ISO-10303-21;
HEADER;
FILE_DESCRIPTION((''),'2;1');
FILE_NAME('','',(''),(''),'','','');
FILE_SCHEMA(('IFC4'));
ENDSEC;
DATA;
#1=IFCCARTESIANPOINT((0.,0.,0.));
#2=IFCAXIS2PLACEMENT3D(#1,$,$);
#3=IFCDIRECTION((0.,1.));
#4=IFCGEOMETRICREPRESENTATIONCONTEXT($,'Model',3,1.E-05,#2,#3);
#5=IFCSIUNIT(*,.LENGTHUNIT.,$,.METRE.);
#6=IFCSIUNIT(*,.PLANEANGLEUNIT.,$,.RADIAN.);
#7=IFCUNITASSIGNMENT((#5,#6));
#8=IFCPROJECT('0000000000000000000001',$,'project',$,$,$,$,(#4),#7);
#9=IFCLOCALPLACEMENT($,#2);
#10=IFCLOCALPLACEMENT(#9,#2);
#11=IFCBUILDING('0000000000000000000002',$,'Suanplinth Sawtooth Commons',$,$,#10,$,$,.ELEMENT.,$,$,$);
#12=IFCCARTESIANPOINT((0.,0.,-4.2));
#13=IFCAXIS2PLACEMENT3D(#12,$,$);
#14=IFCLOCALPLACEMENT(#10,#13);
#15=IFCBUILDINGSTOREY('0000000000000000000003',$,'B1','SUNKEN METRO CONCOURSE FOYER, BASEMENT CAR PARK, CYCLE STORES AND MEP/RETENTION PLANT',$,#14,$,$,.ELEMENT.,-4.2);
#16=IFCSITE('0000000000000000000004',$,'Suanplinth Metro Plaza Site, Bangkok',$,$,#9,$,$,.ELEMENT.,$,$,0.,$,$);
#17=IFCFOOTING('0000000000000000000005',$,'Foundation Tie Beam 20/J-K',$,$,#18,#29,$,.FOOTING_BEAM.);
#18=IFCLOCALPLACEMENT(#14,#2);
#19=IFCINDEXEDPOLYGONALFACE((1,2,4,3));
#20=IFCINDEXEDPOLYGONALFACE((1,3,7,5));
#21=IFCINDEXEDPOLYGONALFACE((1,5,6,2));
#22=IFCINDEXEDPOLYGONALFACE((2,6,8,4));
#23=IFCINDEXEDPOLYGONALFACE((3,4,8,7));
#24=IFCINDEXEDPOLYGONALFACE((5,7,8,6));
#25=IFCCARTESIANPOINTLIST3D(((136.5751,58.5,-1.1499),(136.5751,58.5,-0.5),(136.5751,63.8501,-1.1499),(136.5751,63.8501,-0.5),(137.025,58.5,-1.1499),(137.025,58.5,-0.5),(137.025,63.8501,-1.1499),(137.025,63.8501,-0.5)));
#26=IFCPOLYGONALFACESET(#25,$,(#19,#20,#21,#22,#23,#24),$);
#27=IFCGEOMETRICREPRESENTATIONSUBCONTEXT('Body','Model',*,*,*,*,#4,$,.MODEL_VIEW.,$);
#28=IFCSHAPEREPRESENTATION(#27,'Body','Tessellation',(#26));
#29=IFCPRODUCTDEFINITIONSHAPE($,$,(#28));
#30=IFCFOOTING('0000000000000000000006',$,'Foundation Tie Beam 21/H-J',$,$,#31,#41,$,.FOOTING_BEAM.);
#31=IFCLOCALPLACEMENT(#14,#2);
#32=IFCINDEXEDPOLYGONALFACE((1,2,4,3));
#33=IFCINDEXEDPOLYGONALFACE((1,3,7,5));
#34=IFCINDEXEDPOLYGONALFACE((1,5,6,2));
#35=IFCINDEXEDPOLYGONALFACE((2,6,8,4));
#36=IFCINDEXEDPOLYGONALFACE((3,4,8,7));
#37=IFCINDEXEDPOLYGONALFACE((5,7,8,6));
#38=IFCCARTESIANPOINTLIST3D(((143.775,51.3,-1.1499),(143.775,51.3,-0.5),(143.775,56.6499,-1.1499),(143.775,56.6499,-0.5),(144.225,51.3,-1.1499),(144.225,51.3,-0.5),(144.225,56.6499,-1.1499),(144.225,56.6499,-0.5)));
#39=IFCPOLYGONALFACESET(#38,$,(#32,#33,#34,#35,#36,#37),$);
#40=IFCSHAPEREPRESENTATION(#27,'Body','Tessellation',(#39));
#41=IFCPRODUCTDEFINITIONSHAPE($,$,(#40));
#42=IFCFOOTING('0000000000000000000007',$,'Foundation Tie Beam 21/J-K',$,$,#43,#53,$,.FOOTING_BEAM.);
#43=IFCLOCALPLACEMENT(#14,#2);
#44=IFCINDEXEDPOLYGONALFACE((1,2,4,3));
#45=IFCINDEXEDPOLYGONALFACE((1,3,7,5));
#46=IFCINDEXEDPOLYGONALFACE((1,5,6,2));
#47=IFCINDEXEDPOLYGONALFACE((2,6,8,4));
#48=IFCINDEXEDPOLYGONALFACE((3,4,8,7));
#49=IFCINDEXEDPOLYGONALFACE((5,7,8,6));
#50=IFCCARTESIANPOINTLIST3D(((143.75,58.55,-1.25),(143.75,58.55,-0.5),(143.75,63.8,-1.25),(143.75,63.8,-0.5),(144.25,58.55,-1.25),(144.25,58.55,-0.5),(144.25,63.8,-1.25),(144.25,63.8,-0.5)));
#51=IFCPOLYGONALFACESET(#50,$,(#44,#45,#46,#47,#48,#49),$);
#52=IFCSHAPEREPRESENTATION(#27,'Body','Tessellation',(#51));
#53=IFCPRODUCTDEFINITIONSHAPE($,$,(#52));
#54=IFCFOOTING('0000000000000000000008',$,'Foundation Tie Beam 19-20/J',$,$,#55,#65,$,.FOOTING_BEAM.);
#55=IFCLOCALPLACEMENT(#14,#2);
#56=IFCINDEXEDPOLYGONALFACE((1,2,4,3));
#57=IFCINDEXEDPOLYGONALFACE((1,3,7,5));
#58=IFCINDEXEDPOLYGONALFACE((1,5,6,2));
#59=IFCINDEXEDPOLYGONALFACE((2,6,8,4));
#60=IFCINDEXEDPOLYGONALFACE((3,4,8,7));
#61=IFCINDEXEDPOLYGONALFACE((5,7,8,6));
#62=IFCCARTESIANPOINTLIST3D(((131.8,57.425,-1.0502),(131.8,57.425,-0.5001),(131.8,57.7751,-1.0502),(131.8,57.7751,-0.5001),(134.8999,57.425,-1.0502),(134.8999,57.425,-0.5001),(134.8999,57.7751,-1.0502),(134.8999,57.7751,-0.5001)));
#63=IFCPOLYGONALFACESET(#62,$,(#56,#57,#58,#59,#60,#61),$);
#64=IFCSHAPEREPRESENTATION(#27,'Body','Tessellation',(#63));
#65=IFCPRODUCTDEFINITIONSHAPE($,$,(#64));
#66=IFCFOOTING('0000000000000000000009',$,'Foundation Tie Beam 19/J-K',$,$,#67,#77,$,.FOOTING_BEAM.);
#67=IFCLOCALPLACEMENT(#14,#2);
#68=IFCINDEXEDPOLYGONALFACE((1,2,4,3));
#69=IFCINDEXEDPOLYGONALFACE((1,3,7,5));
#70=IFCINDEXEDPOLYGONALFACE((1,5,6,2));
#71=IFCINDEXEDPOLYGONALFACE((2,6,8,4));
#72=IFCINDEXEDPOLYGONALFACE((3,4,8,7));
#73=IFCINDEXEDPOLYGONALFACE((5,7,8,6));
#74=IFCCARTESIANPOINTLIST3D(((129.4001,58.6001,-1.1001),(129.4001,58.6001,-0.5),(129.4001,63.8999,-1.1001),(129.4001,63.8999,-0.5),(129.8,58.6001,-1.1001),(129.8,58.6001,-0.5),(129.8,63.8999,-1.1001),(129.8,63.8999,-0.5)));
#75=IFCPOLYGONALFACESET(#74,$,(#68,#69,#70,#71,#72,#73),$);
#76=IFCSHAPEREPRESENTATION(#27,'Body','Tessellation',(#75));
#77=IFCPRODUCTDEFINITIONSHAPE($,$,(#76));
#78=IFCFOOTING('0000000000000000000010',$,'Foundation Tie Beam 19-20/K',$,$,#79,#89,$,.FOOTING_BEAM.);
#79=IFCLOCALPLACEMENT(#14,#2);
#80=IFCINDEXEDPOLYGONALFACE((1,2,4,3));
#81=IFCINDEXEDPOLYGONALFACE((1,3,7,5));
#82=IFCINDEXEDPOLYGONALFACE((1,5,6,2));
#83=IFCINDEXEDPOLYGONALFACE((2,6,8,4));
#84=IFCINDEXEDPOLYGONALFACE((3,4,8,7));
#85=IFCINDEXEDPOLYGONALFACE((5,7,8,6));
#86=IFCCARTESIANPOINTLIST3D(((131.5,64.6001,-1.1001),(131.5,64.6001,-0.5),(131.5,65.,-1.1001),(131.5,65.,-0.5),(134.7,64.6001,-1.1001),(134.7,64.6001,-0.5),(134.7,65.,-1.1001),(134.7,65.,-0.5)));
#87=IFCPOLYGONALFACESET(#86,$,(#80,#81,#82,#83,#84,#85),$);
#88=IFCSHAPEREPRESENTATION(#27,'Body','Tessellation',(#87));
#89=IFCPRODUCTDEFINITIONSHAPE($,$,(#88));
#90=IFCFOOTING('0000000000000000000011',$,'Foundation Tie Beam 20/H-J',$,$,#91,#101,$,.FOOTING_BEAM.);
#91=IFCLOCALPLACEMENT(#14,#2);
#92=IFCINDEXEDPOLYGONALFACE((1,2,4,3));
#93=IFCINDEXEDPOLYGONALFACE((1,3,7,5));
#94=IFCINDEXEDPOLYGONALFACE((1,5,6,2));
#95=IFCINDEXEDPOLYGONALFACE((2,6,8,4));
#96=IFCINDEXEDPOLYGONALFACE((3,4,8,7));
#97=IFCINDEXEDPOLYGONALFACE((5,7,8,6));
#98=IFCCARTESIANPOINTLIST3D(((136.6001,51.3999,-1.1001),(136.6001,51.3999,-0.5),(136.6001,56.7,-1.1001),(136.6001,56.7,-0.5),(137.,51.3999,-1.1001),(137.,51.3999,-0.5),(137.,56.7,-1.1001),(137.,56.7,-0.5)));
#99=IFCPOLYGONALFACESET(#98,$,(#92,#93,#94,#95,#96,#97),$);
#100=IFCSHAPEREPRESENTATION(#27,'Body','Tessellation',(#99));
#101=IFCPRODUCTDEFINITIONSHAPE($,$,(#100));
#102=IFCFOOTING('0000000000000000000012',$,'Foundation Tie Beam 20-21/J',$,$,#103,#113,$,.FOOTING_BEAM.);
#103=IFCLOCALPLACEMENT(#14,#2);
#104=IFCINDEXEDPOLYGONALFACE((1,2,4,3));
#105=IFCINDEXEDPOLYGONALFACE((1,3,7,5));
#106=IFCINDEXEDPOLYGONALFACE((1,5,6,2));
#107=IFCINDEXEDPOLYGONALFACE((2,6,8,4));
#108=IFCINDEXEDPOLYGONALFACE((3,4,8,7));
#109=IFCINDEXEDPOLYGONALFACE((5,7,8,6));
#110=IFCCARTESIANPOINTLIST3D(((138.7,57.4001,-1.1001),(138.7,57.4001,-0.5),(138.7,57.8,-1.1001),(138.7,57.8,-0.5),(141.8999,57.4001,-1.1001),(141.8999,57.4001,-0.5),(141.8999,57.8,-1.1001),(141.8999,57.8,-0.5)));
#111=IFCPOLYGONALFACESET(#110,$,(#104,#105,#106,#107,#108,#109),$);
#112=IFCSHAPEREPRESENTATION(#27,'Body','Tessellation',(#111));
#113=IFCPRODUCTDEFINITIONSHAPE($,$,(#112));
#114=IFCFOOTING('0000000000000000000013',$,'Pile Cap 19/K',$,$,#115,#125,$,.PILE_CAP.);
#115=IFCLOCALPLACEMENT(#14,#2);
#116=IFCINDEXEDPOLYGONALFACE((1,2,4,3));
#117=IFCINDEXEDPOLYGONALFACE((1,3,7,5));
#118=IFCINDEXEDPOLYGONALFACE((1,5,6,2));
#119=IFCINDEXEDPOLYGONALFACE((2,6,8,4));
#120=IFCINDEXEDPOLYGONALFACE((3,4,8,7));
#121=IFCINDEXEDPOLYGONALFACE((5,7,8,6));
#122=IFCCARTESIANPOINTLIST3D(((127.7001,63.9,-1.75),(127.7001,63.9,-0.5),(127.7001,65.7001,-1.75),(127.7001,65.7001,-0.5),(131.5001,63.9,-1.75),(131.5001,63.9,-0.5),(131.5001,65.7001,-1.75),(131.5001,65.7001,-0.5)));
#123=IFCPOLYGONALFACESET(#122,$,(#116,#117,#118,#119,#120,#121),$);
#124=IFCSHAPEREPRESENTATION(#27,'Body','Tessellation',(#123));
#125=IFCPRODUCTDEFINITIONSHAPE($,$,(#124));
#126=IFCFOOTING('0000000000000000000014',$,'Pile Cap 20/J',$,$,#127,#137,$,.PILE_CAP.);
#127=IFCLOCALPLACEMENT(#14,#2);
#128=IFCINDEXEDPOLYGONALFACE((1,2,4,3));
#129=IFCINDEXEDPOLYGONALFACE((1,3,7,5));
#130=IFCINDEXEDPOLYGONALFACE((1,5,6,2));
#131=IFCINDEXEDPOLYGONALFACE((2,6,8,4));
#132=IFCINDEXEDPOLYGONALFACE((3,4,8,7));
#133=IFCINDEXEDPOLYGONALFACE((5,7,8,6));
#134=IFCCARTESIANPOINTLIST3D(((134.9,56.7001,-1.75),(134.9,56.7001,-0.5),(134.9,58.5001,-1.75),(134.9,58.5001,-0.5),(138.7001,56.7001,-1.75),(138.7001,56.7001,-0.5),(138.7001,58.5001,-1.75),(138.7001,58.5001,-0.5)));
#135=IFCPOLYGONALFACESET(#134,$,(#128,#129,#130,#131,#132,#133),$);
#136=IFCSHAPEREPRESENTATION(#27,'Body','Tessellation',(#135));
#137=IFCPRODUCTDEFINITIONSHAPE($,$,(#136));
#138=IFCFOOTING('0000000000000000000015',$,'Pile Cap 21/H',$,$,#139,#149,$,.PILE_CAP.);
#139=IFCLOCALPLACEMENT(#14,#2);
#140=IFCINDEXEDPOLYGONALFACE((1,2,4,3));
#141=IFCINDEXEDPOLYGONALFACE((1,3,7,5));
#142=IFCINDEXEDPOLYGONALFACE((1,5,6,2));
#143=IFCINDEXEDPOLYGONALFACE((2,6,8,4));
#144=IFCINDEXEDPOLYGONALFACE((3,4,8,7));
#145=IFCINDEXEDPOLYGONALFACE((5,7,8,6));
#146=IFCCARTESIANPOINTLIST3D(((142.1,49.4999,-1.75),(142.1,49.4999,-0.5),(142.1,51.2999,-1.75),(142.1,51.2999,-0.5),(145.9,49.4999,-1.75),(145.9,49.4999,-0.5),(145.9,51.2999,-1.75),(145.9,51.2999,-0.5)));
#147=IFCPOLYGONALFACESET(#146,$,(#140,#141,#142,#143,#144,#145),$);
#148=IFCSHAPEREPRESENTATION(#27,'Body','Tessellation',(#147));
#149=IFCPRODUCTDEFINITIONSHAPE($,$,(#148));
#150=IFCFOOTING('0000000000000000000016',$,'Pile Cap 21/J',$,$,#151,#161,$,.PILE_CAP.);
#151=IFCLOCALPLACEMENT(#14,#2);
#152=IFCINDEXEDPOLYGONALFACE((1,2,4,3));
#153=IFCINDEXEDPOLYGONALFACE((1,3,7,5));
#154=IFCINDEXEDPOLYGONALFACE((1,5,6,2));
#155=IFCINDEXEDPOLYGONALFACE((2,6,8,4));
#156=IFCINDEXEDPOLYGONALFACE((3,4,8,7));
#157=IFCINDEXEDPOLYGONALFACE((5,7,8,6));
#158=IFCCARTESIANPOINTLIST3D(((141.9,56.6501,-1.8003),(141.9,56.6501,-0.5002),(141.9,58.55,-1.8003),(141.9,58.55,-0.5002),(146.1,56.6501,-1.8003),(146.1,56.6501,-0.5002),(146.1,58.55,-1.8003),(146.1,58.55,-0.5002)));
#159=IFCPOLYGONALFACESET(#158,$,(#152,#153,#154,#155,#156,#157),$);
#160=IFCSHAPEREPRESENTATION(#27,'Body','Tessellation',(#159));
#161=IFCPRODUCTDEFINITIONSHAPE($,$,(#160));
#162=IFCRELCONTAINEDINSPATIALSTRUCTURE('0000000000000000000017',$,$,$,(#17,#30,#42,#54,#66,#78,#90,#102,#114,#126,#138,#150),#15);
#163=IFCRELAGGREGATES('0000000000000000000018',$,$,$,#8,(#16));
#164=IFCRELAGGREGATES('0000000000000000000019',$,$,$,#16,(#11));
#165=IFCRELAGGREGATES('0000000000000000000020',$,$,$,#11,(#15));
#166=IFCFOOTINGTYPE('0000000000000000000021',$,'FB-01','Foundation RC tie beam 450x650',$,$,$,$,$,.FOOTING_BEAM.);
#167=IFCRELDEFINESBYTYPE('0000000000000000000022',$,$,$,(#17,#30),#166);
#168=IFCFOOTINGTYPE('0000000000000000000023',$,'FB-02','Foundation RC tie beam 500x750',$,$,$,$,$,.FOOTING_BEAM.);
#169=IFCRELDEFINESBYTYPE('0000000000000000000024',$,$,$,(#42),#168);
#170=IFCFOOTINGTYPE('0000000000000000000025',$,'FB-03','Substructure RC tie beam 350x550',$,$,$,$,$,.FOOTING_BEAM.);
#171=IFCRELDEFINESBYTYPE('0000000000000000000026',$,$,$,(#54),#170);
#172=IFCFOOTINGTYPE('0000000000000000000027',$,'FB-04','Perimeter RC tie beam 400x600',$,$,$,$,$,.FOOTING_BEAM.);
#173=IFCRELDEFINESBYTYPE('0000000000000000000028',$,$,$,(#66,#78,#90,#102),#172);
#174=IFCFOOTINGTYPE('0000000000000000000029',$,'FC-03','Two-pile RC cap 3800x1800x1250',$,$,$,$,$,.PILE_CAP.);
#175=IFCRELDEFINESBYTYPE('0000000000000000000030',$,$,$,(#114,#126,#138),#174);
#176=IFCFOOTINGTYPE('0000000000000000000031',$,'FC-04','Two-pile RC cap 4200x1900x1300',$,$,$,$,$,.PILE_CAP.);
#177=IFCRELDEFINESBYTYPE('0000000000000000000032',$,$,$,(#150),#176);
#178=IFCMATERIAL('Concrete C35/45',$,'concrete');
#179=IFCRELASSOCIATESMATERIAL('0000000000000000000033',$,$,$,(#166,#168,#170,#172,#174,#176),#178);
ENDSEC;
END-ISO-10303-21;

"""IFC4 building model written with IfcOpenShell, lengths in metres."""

from ifc_helpers import new_model, si_unit, direction, frame, origin, origin_2d, place, context, subcontext, project, spatial, rectangle, extrude, material, material_profile, profile_set, type_object, element, save


model = new_model("IFC4")

# Units and contexts
model_context = context("Model", 3, precision=1e-05, world=origin(), true_north=direction((0.0, 1.0)))
body_context = subcontext(model_context, "Body", "Model", "MODEL_VIEW")
ifc_project = project(units=[si_unit("LENGTHUNIT", "METRE"), si_unit("PLANEANGLEUNIT", "RADIAN")], contexts=[model_context])

# Site, building, storey
site_placement = place(None, origin())
site = spatial("IfcSite", under=ifc_project, at=site_placement, Name="Suanplinth Metro Plaza Site, Bangkok", CompositionType="ELEMENT", RefElevation=0.0)
building_placement = place(site_placement, origin())
building = spatial("IfcBuilding", under=site, at=building_placement, Name="Suanplinth Sawtooth Commons", CompositionType="ELEMENT")
storey_placement = place(building_placement, frame((0.0, 0.0, -4.2)))
storey = spatial("IfcBuildingStorey", under=building, at=storey_placement, Name="B1", Description="SUNKEN METRO CONCOURSE FOYER, BASEMENT CAR PARK, CYCLE STORES AND MEP/RETENTION PLANT", CompositionType="ELEMENT", Elevation=-4.2)

# Footings
ifc_material_1 = material(Name="Concrete C35/45", Category="concrete")
ifc_material_profile_1 = material_profile(ifc_material_1, rectangle(XDim=0.45, YDim=0.6499, at=origin_2d()), Name="PC-GDR 450x650")
ifc_profile_set_1 = profile_set([ifc_material_profile_1], Name="Concrete C35/45")
footing_type_1 = type_object("IfcFootingType", Name="FB-01", Description="Foundation RC tie beam 450x650", PredefinedType="FOOTING_BEAM", material=ifc_profile_set_1)
footing_1_placement = place(storey_placement, frame((136.8, 58.5, -0.825), z_axis=(0.0, 1.0, 0.0), x_axis=(-1.0, 0.0, 0.0)))
element("IfcFooting", 1, at=footing_1_placement, inside=storey, type_object=footing_type_1, Name="Foundation Tie Beam 20/J-K", PredefinedType="FOOTING_BEAM", context=body_context, shape_type="SweptSolid", body=[
    extrude(rectangle(XDim=0.45, YDim=0.6499, at=origin_2d()), origin(), (0.0, 0.0, 1.0), 5.3501),
])
footing_2_placement = place(storey_placement, frame((144.0, 51.3, -0.825), z_axis=(0.0, 1.0, 0.0), x_axis=(-1.0, 0.0, 0.0)))
element("IfcFooting", 2, at=footing_2_placement, inside=storey, type_object=footing_type_1, Name="Foundation Tie Beam 21/H-J", PredefinedType="FOOTING_BEAM", context=body_context, shape_type="SweptSolid", body=[
    extrude(rectangle(XDim=0.45, YDim=0.6499, at=origin_2d()), origin(), (0.0, 0.0, 1.0), 5.3499),
])
ifc_material_profile_2 = material_profile(ifc_material_1, rectangle(XDim=0.5, YDim=0.75, at=origin_2d()), Name="RC-GDR 500x750")
ifc_profile_set_2 = profile_set([ifc_material_profile_2], Name="Concrete C35/45")
footing_type_2 = type_object("IfcFootingType", Name="FB-02", Description="Foundation RC tie beam 500x750", PredefinedType="FOOTING_BEAM", material=ifc_profile_set_2)
footing_3_placement = place(storey_placement, frame((144.0, 58.55, -0.875), z_axis=(0.0, 1.0, 0.0), x_axis=(-1.0, 0.0, 0.0)))
element("IfcFooting", 3, at=footing_3_placement, inside=storey, type_object=footing_type_2, Name="Foundation Tie Beam 21/J-K", PredefinedType="FOOTING_BEAM", context=body_context, shape_type="SweptSolid", body=[
    extrude(rectangle(XDim=0.5, YDim=0.75, at=origin_2d()), origin(), (0.0, 0.0, 1.0), 5.25),
])
ifc_material_profile_3 = material_profile(ifc_material_1, rectangle(XDim=0.3501, YDim=0.55, at=origin_2d()), Name="PC-BM 350x550")
ifc_profile_set_3 = profile_set([ifc_material_profile_3], Name="Concrete C35/45")
footing_type_3 = type_object("IfcFootingType", Name="FB-03", Description="Substructure RC tie beam 350x550", PredefinedType="FOOTING_BEAM", material=ifc_profile_set_3)
footing_4_placement = place(storey_placement, frame((131.8, 57.6001, -0.7751), z_axis=(1.0, 0.0, 0.0), x_axis=(0.0, 1.0, 0.0)))
element("IfcFooting", 4, at=footing_4_placement, inside=storey, type_object=footing_type_3, Name="Foundation Tie Beam 19-20/J", PredefinedType="FOOTING_BEAM", context=body_context, shape_type="SweptSolid", body=[
    extrude(rectangle(XDim=0.3501, YDim=0.55, at=origin_2d()), origin(), (0.0, 0.0, 1.0), 3.0999),
])
ifc_material_profile_4 = material_profile(ifc_material_1, rectangle(XDim=0.3999, YDim=0.6001, at=origin_2d()), Name="PC-GDR 400x600")
ifc_profile_set_4 = profile_set([ifc_material_profile_4], Name="Concrete C35/45")
footing_type_4 = type_object("IfcFootingType", Name="FB-04", Description="Perimeter RC tie beam 400x600", PredefinedType="FOOTING_BEAM", material=ifc_profile_set_4)
footing_5_placement = place(storey_placement, frame((129.6001, 58.6001, -0.8), z_axis=(0.0, 1.0, 0.0), x_axis=(-1.0, 0.0, 0.0)))
element("IfcFooting", 5, at=footing_5_placement, inside=storey, type_object=footing_type_4, Name="Foundation Tie Beam 19/J-K", PredefinedType="FOOTING_BEAM", context=body_context, shape_type="SweptSolid", body=[
    extrude(rectangle(XDim=0.3999, YDim=0.6001, at=origin_2d()), origin(), (0.0, 0.0, 1.0), 5.2998),
])
footing_6_placement = place(storey_placement, frame((131.5, 64.8, -0.8), z_axis=(1.0, 0.0, 0.0), x_axis=(0.0, 1.0, 0.0)))
element("IfcFooting", 6, at=footing_6_placement, inside=storey, type_object=footing_type_4, Name="Foundation Tie Beam 19-20/K", PredefinedType="FOOTING_BEAM", context=body_context, shape_type="SweptSolid", body=[
    extrude(rectangle(XDim=0.3999, YDim=0.6001, at=origin_2d()), origin(), (0.0, 0.0, 1.0), 3.2),
])
footing_7_placement = place(storey_placement, frame((136.8, 51.3999, -0.8), z_axis=(0.0, 1.0, 0.0), x_axis=(-1.0, 0.0, 0.0)))
element("IfcFooting", 7, at=footing_7_placement, inside=storey, type_object=footing_type_4, Name="Foundation Tie Beam 20/H-J", PredefinedType="FOOTING_BEAM", context=body_context, shape_type="SweptSolid", body=[
    extrude(rectangle(XDim=0.3999, YDim=0.6001, at=origin_2d()), origin(), (0.0, 0.0, 1.0), 5.3),
])
footing_8_placement = place(storey_placement, frame((138.7, 57.6001, -0.8), z_axis=(1.0, 0.0, 0.0), x_axis=(0.0, 1.0, 0.0)))
element("IfcFooting", 8, at=footing_8_placement, inside=storey, type_object=footing_type_4, Name="Foundation Tie Beam 20-21/J", PredefinedType="FOOTING_BEAM", context=body_context, shape_type="SweptSolid", body=[
    extrude(rectangle(XDim=0.3999, YDim=0.6001, at=origin_2d()), origin(), (0.0, 0.0, 1.0), 3.2),
])
footing_type_5 = type_object("IfcFootingType", Name="FC-03", Description="Two-pile RC cap 3800x1800x1250", PredefinedType="PILE_CAP", material=ifc_material_1)
for number, where, z_axis, x_axis, name in (
    (9, (129.6001, 64.8, -1.75), (0.0, 0.0, 1.0), (1.0, 0.0, 0.0), "Pile Cap 19/K"),
    (10, (136.8, 57.6001, -1.75), (0.0, 0.0, 1.0), (1.0, 0.0, 0.0), "Pile Cap 20/J"),
    (11, (144.0, 50.3999, -1.75), (0.0, 0.0, 1.0), (1.0, 0.0, 0.0), "Pile Cap 21/H"),
):
    element("IfcFooting", number, at=place(storey_placement, frame(where, z_axis=z_axis, x_axis=x_axis)), inside=storey, type_object=footing_type_5, Name=name, PredefinedType="PILE_CAP", context=body_context, shape_type="SweptSolid", body=[
        extrude(rectangle(XDim=3.8, YDim=1.8, at=origin_2d()), origin(), (0.0, 0.0, 1.0), 1.25),
    ])
footing_type_6 = type_object("IfcFootingType", Name="FC-04", Description="Two-pile RC cap 4200x1900x1300", PredefinedType="PILE_CAP", material=ifc_material_1)
footing_9_placement = place(storey_placement, frame((144.0, 57.6001, -1.8003), z_axis=(0.0, 0.0, 1.0), x_axis=(1.0, 0.0, 0.0)))
element("IfcFooting", 12, at=footing_9_placement, inside=storey, type_object=footing_type_6, Name="Pile Cap 21/J", PredefinedType="PILE_CAP", context=body_context, shape_type="SweptSolid", body=[
    extrude(rectangle(XDim=4.2, YDim=1.8999, at=origin_2d()), origin(), (0.0, 0.0, 1.0), 1.3),
])

save(model, "model.ifc")
